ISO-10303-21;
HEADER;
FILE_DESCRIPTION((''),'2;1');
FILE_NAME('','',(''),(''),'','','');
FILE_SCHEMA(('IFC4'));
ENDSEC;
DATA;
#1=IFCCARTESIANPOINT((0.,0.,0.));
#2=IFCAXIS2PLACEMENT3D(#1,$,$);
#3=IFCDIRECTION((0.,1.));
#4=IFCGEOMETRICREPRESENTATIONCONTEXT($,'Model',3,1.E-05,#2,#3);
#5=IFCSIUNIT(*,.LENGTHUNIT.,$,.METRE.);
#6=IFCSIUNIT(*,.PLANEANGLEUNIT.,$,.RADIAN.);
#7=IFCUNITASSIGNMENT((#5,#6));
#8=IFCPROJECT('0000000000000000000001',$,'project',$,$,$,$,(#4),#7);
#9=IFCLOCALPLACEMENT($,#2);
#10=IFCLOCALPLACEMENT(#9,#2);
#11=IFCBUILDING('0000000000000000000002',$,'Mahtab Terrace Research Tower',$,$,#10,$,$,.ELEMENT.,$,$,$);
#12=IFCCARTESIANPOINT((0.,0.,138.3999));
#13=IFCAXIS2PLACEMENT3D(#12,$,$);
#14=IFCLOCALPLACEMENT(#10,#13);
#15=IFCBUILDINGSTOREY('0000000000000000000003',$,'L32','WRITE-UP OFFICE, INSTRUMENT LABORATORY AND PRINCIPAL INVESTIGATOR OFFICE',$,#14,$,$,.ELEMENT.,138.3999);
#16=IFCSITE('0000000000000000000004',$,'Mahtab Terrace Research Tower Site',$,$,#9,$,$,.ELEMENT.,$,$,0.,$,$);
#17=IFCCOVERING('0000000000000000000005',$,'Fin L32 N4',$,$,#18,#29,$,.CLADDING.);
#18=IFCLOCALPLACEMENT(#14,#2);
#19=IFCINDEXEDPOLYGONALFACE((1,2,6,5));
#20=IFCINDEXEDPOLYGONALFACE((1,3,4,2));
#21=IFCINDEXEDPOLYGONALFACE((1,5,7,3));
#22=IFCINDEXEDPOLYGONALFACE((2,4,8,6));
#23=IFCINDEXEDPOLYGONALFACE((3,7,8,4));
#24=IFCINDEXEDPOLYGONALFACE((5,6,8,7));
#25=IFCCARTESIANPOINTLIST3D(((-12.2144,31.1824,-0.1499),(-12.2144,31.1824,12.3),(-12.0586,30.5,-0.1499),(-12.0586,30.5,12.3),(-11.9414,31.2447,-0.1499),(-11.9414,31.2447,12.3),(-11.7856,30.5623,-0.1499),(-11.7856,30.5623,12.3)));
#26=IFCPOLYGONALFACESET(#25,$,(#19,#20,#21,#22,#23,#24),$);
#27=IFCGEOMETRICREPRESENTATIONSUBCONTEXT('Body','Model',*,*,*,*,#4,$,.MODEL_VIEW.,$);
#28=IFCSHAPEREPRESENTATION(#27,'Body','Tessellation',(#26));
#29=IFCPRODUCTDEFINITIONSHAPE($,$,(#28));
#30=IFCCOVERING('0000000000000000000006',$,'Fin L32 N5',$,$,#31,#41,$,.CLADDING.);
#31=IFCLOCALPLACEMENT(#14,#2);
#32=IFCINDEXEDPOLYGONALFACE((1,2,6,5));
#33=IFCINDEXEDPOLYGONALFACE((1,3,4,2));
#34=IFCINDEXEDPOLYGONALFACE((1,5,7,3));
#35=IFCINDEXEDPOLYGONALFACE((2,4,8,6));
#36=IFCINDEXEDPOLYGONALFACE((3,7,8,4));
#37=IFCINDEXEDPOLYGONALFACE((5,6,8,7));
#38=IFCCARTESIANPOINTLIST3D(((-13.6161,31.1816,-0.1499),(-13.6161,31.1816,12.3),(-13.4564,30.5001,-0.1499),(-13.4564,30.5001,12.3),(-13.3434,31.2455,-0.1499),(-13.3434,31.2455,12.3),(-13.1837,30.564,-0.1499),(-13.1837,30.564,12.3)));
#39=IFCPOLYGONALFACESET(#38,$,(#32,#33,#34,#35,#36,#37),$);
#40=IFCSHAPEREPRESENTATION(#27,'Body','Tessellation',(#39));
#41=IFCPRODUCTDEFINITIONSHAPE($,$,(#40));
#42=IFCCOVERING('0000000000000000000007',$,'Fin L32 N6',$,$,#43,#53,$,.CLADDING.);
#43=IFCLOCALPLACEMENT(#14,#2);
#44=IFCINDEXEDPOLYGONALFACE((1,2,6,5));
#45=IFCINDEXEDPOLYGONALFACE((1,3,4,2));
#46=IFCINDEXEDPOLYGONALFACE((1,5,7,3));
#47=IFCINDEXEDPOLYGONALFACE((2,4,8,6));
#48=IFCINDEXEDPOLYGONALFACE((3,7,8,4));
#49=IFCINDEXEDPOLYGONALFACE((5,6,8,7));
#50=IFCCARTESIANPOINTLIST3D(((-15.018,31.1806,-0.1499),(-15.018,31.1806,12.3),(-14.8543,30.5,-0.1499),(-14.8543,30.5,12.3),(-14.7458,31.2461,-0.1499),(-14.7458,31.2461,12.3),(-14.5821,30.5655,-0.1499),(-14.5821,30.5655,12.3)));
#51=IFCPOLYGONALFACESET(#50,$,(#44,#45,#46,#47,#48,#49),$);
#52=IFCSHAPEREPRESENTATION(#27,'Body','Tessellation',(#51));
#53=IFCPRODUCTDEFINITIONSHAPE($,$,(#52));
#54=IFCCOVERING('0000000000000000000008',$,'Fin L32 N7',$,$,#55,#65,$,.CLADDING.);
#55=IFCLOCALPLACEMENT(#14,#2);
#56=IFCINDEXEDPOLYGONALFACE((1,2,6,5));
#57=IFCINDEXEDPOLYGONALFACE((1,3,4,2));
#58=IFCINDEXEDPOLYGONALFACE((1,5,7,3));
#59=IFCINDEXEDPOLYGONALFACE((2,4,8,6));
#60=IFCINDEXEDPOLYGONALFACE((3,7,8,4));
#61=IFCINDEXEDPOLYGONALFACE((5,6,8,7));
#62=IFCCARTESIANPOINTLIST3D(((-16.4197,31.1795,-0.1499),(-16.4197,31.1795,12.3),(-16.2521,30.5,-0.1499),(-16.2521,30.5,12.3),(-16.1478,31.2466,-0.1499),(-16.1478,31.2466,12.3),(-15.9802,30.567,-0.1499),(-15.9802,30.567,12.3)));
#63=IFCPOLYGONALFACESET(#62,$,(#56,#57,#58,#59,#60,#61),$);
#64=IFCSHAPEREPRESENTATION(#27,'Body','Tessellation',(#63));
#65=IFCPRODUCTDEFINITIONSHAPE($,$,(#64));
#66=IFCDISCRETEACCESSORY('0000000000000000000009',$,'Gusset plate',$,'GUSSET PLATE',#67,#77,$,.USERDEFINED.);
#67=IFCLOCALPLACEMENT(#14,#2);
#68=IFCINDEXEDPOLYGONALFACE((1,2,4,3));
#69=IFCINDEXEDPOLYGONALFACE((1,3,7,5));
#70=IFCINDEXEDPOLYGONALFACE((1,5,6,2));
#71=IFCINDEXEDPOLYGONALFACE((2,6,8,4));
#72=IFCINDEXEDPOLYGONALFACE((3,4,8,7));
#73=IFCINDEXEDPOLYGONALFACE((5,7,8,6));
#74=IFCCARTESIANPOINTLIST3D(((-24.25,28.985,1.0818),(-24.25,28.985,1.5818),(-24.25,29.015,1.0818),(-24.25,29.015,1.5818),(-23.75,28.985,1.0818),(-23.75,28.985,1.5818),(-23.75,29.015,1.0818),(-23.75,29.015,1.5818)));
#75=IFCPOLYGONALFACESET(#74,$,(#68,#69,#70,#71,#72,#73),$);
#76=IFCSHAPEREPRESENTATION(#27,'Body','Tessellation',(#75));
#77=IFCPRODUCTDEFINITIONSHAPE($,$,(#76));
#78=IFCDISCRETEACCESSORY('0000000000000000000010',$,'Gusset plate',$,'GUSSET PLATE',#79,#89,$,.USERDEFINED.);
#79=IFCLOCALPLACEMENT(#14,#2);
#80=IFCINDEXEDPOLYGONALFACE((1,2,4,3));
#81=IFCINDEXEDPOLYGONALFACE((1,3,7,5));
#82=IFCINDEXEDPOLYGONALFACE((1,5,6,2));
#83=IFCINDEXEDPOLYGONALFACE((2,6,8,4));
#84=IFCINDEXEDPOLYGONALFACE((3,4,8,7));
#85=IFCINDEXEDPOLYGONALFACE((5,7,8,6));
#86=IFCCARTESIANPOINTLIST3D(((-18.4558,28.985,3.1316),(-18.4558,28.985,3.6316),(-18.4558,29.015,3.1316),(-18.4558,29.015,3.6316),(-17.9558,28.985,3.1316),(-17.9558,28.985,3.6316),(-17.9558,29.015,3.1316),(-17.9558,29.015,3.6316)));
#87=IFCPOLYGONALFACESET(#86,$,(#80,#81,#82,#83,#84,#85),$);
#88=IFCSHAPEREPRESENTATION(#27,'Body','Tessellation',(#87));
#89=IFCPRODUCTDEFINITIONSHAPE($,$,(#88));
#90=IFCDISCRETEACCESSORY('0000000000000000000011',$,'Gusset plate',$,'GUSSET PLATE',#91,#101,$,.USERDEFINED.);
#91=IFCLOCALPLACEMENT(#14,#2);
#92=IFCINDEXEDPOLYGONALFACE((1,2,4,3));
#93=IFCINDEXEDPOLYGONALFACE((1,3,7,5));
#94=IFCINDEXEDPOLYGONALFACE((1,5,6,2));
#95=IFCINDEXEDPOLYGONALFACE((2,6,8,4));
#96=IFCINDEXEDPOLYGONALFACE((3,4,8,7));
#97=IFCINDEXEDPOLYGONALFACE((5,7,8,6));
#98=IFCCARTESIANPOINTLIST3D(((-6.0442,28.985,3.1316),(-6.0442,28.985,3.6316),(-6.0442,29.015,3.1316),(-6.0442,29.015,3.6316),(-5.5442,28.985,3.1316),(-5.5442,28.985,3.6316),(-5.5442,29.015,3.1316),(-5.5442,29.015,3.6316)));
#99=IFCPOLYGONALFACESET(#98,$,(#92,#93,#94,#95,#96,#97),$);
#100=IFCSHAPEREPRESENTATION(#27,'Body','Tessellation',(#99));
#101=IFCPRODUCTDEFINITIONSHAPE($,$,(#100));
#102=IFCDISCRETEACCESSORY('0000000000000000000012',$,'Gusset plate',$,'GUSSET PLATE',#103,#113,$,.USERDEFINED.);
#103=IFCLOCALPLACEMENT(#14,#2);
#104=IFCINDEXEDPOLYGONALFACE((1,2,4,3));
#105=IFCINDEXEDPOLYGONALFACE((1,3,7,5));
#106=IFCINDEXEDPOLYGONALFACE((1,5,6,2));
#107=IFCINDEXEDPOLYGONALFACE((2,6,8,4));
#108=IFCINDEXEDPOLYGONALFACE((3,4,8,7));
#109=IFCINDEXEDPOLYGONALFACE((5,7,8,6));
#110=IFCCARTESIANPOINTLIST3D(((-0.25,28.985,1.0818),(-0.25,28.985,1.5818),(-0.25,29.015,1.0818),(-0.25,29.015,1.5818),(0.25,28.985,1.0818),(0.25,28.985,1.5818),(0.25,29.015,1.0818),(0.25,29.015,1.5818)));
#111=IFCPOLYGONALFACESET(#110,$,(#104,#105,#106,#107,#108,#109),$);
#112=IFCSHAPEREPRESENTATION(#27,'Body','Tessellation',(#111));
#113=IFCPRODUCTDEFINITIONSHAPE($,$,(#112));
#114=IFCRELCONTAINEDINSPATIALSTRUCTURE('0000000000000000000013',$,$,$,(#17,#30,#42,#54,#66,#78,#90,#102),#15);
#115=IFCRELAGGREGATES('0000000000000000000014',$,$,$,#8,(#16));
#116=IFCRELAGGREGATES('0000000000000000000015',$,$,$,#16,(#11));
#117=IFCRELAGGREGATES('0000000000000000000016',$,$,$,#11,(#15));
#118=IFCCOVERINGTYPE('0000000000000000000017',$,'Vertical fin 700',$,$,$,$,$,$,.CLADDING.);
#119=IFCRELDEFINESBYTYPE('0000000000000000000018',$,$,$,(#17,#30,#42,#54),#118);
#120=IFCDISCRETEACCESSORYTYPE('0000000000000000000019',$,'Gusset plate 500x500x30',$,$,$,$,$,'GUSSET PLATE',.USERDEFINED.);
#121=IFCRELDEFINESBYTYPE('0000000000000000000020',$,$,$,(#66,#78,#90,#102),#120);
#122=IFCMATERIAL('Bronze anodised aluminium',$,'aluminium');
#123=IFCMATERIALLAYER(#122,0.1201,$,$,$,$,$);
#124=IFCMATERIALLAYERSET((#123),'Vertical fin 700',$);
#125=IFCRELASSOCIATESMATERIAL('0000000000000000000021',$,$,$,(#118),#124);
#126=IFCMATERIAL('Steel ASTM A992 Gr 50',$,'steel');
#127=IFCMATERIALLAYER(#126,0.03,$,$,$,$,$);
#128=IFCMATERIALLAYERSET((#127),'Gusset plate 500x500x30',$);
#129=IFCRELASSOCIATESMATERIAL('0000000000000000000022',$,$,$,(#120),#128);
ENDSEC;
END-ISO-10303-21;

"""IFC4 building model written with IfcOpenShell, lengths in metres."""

from ifc_helpers import new_model, si_unit, direction, frame, origin, origin_2d, place, context, subcontext, project, spatial, rectangle, extrude, material, layer, layer_set, type_object, element, save


model = new_model("IFC4")

# Units and contexts
model_context = context("Model", 3, precision=1e-05, world=origin(), true_north=direction((0.0, 1.0)))
body_context = subcontext(model_context, "Body", "Model", "MODEL_VIEW")
ifc_project = project(units=[si_unit("LENGTHUNIT", "METRE"), si_unit("PLANEANGLEUNIT", "RADIAN")], contexts=[model_context])

# Site, building, storey
site_placement = place(None, origin())
site = spatial("IfcSite", under=ifc_project, at=site_placement, Name="Mahtab Terrace Research Tower Site", CompositionType="ELEMENT", RefElevation=0.0)
building_placement = place(site_placement, origin())
building = spatial("IfcBuilding", under=site, at=building_placement, Name="Mahtab Terrace Research Tower", CompositionType="ELEMENT")
storey_placement = place(building_placement, frame((0.0, 0.0, 138.3999)))
storey = spatial("IfcBuildingStorey", under=building, at=storey_placement, Name="L32", Description="WRITE-UP OFFICE, INSTRUMENT LABORATORY AND PRINCIPAL INVESTIGATOR OFFICE", CompositionType="ELEMENT", Elevation=138.3999)

# Shared definitions
ifc_material_1 = material(Name="Steel ASTM A992 Gr 50", Category="steel")

# Coverings
ifc_material_2 = material(Name="Bronze anodised aluminium", Category="aluminium")
ifc_layer_1 = layer(ifc_material_2, 0.1201)
ifc_layer_set_1 = layer_set([ifc_layer_1], Name="Vertical fin 700")
covering_type = type_object("IfcCoveringType", Name="Vertical fin 700", PredefinedType="CLADDING", material=ifc_layer_set_1)
for number, where, z_axis, x_axis, name in (
    (1, (-12.0, 30.8723, -0.1499), (0.0, 0.0, 1.0), (-0.974928, -0.222521, 0.0), "Fin L32 N4"),
    (2, (-13.3999, 30.8728, -0.1499), (0.0, 0.0, 1.0), (-0.973617, -0.228189, 0.0), "Fin L32 N5"),
    (3, (-14.8, 30.873, -0.1499), (0.0, 0.0, 1.0), (-0.972273, -0.233849, 0.0), "Fin L32 N6"),
    (4, (-16.2, 30.8733, -0.1499), (0.0, 0.0, 1.0), (-0.970896, -0.239502, 0.0), "Fin L32 N7"),
):
    element("IfcCovering", number, at=place(storey_placement, frame(where, z_axis=z_axis, x_axis=x_axis)), inside=storey, type_object=covering_type, Name=name, PredefinedType="CLADDING", context=body_context, shape_type="SweptSolid", body=[
        extrude(rectangle(XDim=0.28, YDim=0.7, at=origin_2d()), origin(), (0.0, 0.0, 1.0), 12.45),
    ])

# Discrete accessories
ifc_layer_2 = layer(ifc_material_1, 0.03)
ifc_layer_set_2 = layer_set([ifc_layer_2], Name="Gusset plate 500x500x30")
discrete_accessory_type = type_object("IfcDiscreteAccessoryType", Name="Gusset plate 500x500x30", ElementType="GUSSET PLATE", PredefinedType="USERDEFINED", material=ifc_layer_set_2)
for number, where, z_axis, x_axis, name in (
    (5, (-24.0, 29.0, 1.0818), (0.0, 0.0, 1.0), (1.0, 0.0, 0.0), "Gusset plate"),
    (6, (-18.2058, 29.0, 3.1316), (0.0, 0.0, 1.0), (1.0, 0.0, 0.0), "Gusset plate"),
    (7, (-5.7942, 29.0, 3.1316), (0.0, 0.0, 1.0), (1.0, 0.0, 0.0), "Gusset plate"),
    (8, (0.0, 29.0, 1.0818), (0.0, 0.0, 1.0), (1.0, 0.0, 0.0), "Gusset plate"),
):
    element("IfcDiscreteAccessory", number, at=place(storey_placement, frame(where, z_axis=z_axis, x_axis=x_axis)), inside=storey, type_object=discrete_accessory_type, Name=name, ObjectType="GUSSET PLATE", PredefinedType="USERDEFINED", context=body_context, shape_type="SweptSolid", body=[
        extrude(rectangle(XDim=0.5, YDim=0.03, at=origin_2d()), origin(), (0.0, 0.0, 1.0), 0.5),
    ])

save(model, "model.ifc")
